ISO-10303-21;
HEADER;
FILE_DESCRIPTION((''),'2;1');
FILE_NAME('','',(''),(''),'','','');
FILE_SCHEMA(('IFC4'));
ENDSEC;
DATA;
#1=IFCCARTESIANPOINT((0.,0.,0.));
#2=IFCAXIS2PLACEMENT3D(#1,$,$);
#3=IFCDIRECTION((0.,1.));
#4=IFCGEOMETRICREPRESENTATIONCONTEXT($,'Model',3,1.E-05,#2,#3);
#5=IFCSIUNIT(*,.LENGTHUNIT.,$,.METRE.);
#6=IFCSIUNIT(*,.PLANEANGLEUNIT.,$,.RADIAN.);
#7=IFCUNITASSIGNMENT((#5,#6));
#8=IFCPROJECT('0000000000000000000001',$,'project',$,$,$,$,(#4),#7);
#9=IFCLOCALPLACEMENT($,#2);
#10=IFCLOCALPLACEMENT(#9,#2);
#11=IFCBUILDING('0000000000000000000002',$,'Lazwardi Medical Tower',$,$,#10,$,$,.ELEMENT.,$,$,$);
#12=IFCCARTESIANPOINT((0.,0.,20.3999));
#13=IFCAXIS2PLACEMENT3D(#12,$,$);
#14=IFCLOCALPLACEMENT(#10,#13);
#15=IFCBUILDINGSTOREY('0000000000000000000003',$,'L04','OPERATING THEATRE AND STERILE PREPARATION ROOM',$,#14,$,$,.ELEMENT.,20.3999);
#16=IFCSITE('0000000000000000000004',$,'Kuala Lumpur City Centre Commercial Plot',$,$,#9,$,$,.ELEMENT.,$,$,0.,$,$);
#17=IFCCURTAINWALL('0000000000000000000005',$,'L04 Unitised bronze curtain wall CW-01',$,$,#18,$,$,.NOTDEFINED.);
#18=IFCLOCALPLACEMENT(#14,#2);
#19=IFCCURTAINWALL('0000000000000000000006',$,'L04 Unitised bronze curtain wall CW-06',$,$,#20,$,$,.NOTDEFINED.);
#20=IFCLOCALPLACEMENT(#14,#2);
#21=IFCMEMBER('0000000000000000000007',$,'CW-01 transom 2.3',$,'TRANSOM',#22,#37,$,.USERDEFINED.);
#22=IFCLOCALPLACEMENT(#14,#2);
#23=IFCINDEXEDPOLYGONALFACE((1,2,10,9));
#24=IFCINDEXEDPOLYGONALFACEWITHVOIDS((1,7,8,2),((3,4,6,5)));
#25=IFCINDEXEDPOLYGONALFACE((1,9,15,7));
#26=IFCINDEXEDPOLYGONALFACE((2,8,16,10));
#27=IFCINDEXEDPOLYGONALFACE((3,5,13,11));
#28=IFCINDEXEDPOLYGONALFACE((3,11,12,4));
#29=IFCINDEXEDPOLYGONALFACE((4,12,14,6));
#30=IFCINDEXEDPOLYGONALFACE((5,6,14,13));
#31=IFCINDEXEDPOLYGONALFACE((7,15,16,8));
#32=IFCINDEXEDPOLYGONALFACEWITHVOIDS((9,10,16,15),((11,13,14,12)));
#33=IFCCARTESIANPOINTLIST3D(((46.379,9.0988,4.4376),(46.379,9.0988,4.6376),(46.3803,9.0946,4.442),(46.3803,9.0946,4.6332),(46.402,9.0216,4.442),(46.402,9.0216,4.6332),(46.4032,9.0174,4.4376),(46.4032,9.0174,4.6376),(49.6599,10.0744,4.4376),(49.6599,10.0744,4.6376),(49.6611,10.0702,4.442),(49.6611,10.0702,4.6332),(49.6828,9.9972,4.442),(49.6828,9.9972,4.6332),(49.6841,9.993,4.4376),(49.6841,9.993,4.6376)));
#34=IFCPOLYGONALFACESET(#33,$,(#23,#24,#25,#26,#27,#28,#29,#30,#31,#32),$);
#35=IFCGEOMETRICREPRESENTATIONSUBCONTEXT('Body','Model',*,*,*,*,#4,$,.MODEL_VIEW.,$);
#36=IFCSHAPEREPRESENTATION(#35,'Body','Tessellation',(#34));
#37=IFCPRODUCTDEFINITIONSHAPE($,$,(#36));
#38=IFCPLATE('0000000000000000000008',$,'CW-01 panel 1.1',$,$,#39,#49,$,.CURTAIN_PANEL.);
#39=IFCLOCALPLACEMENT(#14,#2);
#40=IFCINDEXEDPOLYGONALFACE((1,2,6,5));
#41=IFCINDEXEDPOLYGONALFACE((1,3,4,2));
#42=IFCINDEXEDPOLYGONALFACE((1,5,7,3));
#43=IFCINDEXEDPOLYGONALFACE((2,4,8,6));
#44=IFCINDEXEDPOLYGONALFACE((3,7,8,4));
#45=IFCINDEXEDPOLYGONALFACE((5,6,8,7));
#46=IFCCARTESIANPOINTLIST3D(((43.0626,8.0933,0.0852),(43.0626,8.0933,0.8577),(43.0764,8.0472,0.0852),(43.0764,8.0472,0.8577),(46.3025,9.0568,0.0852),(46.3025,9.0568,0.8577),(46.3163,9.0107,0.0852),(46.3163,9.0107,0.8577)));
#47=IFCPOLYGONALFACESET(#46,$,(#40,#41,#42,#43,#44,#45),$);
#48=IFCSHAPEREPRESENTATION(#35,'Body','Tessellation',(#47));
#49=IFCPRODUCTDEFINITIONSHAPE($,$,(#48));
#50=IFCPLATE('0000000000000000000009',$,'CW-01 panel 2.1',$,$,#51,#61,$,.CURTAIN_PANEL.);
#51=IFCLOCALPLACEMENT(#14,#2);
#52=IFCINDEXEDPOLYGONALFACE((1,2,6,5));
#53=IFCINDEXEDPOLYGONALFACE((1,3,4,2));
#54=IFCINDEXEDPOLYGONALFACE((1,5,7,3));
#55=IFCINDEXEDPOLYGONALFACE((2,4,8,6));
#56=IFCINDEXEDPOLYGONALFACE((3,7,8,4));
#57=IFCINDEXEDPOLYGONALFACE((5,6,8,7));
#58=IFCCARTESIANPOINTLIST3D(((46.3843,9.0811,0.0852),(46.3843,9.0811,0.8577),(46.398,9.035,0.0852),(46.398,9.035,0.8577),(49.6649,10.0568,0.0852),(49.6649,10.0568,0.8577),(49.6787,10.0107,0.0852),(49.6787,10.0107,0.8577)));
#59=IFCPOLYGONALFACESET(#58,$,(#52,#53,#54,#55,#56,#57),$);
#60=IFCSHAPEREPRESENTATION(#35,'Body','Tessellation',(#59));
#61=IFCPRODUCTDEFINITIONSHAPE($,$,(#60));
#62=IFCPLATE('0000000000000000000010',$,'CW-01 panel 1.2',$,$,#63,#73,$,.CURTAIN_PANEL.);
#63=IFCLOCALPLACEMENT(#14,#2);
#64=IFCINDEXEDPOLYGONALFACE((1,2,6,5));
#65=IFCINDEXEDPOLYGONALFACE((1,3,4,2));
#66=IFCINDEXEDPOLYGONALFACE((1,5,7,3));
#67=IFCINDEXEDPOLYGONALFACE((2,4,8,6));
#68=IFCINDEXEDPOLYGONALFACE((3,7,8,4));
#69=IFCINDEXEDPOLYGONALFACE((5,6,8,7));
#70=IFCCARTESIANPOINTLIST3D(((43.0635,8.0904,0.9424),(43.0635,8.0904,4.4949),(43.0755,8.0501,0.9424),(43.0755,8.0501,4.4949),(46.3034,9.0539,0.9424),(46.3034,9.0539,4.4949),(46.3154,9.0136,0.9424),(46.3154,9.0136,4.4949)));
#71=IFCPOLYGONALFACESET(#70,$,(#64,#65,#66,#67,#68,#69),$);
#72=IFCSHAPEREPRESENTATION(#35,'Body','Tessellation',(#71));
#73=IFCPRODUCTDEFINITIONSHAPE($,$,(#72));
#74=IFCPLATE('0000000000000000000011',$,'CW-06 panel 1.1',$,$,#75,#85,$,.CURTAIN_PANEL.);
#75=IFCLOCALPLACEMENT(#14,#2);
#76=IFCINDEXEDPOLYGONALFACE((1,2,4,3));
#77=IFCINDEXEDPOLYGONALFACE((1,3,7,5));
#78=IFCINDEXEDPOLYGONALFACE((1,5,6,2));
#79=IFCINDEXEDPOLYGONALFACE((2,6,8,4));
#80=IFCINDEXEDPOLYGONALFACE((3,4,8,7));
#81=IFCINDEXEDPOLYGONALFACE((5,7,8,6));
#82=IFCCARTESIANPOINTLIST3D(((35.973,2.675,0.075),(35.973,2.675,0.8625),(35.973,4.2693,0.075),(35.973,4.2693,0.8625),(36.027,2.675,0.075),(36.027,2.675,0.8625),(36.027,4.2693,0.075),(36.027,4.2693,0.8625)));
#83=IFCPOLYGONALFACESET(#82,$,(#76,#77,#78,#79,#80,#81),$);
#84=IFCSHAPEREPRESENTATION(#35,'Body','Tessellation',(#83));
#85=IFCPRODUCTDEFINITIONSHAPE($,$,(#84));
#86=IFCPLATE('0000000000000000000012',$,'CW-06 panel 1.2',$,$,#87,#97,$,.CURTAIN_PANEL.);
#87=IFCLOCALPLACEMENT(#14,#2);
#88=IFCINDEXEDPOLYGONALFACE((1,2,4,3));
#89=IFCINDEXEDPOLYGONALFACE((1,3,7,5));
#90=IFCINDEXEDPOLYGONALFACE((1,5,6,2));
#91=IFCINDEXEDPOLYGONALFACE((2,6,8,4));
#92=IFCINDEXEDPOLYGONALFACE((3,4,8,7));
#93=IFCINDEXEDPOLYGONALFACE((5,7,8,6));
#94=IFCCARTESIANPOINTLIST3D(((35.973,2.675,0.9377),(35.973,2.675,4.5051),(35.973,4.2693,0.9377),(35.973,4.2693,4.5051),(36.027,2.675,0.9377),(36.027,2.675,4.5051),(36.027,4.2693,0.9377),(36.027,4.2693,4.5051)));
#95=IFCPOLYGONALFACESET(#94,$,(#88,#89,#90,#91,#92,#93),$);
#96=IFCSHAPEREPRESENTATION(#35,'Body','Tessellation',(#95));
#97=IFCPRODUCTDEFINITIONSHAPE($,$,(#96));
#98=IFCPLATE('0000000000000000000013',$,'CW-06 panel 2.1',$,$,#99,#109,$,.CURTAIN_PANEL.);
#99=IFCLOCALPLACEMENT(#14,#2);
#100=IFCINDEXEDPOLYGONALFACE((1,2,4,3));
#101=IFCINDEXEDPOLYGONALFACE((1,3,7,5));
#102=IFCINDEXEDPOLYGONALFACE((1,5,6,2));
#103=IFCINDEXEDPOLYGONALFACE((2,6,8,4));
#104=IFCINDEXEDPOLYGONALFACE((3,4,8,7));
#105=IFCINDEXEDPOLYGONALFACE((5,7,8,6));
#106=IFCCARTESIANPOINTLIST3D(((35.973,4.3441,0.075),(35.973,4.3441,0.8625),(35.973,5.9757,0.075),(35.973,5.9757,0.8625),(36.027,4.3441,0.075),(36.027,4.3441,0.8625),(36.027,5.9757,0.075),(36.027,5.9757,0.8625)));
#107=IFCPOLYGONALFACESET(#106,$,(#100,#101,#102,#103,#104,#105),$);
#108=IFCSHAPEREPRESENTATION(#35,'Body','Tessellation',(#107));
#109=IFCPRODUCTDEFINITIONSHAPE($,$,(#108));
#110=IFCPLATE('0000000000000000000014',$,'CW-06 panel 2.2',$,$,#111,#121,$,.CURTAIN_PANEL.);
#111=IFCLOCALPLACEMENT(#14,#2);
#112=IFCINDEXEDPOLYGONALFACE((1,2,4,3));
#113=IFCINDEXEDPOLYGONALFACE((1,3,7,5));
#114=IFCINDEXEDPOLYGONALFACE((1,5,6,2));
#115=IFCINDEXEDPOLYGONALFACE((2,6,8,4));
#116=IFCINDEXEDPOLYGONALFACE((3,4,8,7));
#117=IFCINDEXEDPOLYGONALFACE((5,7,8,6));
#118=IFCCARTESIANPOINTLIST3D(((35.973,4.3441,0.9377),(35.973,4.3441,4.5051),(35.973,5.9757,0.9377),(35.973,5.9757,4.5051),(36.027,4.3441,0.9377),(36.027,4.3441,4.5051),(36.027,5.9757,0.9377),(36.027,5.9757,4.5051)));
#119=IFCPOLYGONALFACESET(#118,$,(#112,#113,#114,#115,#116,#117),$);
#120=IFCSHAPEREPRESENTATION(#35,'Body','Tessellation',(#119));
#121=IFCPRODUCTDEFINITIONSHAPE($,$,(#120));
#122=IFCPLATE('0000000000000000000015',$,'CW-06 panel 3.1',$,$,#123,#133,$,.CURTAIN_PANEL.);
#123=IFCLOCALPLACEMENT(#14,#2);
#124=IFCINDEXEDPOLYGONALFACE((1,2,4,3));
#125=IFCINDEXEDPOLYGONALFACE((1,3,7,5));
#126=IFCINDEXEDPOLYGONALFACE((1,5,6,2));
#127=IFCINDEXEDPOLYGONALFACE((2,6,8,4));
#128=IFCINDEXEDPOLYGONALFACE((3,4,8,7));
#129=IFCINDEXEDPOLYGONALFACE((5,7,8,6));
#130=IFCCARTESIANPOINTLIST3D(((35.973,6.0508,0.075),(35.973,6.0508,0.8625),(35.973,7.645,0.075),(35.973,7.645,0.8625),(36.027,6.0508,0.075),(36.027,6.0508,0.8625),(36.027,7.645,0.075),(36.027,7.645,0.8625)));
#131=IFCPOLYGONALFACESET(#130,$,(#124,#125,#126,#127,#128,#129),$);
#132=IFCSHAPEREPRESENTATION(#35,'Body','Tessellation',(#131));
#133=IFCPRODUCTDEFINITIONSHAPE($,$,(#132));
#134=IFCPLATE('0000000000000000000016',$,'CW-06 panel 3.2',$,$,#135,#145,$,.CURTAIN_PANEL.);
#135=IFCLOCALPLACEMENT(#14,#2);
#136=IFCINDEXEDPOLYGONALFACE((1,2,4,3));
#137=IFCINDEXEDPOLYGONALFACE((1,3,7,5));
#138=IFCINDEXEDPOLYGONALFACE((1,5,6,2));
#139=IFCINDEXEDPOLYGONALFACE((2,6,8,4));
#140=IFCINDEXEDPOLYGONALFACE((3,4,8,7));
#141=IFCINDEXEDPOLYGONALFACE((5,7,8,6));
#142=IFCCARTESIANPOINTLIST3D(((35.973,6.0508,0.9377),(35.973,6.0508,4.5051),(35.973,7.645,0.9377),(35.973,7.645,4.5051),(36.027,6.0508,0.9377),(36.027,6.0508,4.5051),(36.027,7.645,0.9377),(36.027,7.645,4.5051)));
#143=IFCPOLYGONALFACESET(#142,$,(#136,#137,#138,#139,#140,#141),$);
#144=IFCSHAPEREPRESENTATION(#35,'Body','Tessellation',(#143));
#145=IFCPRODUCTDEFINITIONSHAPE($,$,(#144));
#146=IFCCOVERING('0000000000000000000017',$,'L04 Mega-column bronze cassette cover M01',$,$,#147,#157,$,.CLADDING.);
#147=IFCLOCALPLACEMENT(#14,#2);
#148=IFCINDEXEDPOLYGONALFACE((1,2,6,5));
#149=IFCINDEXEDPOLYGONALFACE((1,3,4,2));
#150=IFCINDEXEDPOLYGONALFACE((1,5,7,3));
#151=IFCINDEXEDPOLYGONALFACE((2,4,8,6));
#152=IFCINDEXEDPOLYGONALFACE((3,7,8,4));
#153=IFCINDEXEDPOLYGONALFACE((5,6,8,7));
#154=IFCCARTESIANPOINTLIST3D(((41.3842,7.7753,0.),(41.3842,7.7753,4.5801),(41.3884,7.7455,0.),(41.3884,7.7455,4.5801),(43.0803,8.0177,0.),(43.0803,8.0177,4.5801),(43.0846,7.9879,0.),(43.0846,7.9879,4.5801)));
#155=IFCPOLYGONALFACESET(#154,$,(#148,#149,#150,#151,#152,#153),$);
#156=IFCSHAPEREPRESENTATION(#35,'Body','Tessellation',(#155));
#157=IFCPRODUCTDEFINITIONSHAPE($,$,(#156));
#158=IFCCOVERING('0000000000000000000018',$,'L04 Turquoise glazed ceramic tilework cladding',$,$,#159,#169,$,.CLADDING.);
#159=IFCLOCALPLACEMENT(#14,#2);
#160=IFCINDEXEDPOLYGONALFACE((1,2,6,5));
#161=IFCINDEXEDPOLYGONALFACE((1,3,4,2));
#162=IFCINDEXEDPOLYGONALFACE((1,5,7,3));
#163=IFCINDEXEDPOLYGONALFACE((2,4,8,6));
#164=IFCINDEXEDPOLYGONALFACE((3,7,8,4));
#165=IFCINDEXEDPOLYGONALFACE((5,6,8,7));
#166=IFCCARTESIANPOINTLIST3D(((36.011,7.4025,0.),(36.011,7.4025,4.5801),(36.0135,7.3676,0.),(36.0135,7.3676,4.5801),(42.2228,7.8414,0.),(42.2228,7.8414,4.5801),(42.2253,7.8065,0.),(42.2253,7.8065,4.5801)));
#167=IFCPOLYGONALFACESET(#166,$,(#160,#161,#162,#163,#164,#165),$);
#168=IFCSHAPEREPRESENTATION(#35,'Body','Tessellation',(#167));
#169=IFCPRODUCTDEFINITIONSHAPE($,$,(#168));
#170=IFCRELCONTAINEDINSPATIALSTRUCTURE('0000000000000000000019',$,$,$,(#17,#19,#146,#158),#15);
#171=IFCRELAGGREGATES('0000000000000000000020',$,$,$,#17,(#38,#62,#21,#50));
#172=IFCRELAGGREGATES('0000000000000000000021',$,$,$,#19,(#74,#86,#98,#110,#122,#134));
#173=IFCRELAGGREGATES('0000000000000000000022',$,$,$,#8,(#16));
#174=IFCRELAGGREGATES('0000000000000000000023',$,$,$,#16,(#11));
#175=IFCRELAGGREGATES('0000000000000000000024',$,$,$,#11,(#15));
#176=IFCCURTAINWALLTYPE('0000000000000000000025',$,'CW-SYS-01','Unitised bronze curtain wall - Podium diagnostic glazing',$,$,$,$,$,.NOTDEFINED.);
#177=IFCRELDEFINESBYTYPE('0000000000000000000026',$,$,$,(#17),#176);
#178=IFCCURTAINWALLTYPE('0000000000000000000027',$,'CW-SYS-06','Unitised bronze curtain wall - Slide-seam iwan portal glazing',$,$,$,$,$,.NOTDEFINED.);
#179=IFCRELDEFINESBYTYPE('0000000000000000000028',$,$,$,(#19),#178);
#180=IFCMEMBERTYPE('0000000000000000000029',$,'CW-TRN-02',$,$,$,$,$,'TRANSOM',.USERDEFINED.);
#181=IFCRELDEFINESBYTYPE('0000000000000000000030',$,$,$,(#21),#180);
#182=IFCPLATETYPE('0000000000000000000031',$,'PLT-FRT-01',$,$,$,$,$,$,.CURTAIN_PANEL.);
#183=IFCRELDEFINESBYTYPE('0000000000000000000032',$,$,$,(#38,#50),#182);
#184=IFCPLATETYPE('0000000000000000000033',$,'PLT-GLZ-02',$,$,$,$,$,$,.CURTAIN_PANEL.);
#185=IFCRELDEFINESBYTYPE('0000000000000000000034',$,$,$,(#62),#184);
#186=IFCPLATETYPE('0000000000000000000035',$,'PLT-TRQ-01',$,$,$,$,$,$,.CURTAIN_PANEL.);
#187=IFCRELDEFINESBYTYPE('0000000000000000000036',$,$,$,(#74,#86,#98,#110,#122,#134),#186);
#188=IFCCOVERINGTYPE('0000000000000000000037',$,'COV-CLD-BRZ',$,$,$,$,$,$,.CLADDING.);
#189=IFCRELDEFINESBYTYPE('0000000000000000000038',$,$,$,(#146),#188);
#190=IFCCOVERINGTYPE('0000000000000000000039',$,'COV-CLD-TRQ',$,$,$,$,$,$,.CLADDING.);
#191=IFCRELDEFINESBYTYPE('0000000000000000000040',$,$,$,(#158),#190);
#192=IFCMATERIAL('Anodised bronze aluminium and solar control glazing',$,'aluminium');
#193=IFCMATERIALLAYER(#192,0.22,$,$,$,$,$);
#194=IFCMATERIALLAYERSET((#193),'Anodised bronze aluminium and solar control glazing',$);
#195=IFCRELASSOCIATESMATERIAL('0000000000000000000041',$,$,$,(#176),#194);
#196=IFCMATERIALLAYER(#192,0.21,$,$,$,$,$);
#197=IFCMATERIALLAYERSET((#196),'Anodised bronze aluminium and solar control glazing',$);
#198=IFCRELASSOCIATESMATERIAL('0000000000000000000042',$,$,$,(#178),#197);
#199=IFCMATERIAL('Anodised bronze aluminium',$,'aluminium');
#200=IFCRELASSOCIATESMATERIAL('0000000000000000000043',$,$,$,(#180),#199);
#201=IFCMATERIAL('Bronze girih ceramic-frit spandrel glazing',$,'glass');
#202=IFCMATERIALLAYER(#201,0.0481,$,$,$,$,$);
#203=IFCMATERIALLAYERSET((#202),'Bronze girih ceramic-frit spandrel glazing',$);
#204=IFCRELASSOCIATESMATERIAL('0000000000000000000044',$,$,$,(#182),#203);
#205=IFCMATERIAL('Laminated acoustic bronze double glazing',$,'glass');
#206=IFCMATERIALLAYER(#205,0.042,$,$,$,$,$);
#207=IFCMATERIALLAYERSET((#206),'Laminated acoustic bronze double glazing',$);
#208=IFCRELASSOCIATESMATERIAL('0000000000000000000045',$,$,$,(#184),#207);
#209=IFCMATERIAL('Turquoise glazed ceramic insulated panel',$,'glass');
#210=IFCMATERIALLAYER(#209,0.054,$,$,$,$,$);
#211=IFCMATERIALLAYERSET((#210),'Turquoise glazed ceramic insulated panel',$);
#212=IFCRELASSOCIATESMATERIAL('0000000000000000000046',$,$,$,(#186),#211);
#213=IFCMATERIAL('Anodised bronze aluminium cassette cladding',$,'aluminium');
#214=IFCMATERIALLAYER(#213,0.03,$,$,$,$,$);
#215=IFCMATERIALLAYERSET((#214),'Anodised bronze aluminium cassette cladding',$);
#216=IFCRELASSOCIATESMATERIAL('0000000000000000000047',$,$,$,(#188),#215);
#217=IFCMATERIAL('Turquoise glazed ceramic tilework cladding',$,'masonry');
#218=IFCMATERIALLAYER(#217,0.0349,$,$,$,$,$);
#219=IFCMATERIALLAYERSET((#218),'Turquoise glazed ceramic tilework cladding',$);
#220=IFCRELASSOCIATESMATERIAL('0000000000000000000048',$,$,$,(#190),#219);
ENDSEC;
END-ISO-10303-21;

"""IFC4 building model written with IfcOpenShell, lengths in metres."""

from ifc_helpers import new_model, si_unit, direction, frame, origin, origin_2d, place, context, subcontext, project, spatial, rectangle, hollow_rectangle, extrude, material, layer, layer_set, material_profile, profile_set, type_object, element, aggregate, save


model = new_model("IFC4")

# Units and contexts
model_context = context("Model", 3, precision=1e-05, world=origin(), true_north=direction((0.0, 1.0)))
body_context = subcontext(model_context, "Body", "Model", "MODEL_VIEW")
ifc_project = project(units=[si_unit("LENGTHUNIT", "METRE"), si_unit("PLANEANGLEUNIT", "RADIAN")], contexts=[model_context])

# Site, building, storey
site_placement = place(None, origin())
site = spatial("IfcSite", under=ifc_project, at=site_placement, Name="Kuala Lumpur City Centre Commercial Plot", CompositionType="ELEMENT", RefElevation=0.0)
building_placement = place(site_placement, origin())
building = spatial("IfcBuilding", under=site, at=building_placement, Name="Lazwardi Medical Tower", CompositionType="ELEMENT")
storey_placement = place(building_placement, frame((0.0, 0.0, 20.3999)))
storey = spatial("IfcBuildingStorey", under=building, at=storey_placement, Name="L04", Description="OPERATING THEATRE AND STERILE PREPARATION ROOM", CompositionType="ELEMENT", Elevation=20.3999)

# Curtain walls
ifc_material_1 = material(Name="Anodised bronze aluminium and solar control glazing", Category="aluminium")
ifc_layer_1 = layer(ifc_material_1, 0.22)
ifc_layer_set_1 = layer_set([ifc_layer_1], Name="Anodised bronze aluminium and solar control glazing")
curtain_wall_type_1 = type_object("IfcCurtainWallType", Name="CW-SYS-01", Description="Unitised bronze curtain wall - Podium diagnostic glazing", PredefinedType="NOTDEFINED", material=ifc_layer_set_1)
curtain_wall_1_placement = place(storey_placement, origin())
curtain_wall_1 = element("IfcCurtainWall", 1, at=curtain_wall_1_placement, inside=storey, type_object=curtain_wall_type_1, Name="L04 Unitised bronze curtain wall CW-01", PredefinedType="NOTDEFINED")
ifc_material_2 = material(Name="Anodised bronze aluminium", Category="aluminium")
ifc_layer_2 = layer(ifc_material_1, 0.21)
ifc_layer_set_2 = layer_set([ifc_layer_2], Name="Anodised bronze aluminium and solar control glazing")
curtain_wall_type_2 = type_object("IfcCurtainWallType", Name="CW-SYS-06", Description="Unitised bronze curtain wall - Slide-seam iwan portal glazing", PredefinedType="NOTDEFINED", material=ifc_layer_set_2)
curtain_wall_2_placement = place(storey_placement, origin())
curtain_wall_2 = element("IfcCurtainWall", 2, at=curtain_wall_2_placement, inside=storey, type_object=curtain_wall_type_2, Name="L04 Unitised bronze curtain wall CW-06", PredefinedType="NOTDEFINED")

# Member
ifc_material_profile_1 = material_profile(ifc_material_2, hollow_rectangle(XDim=0.085, YDim=0.2, WallThickness=0.0044, at=origin_2d()), Name="ALU-TRANSOM 200x85x4.5")
ifc_profile_set_1 = profile_set([ifc_material_profile_1], Name="Anodised bronze aluminium")
member_type_1 = type_object("IfcMemberType", Name="CW-TRN-02", ElementType="TRANSOM", PredefinedType="USERDEFINED", material=ifc_profile_set_1)
member_1_placement = place(storey_placement, frame((46.3911, 9.0581, 4.5376), z_axis=(0.958518, 0.28503, 0.0), x_axis=(-0.28503, 0.958518, 0.0)))
member_1 = element("IfcMember", 3, at=member_1_placement, type_object=member_type_1, Name="CW-01 transom 2.3", ObjectType="TRANSOM", PredefinedType="USERDEFINED", context=body_context, shape_type="SweptSolid", body=[
    extrude(hollow_rectangle(XDim=0.085, YDim=0.2, WallThickness=0.0044, at=origin_2d()), origin(), (0.0, 0.0, 1.0), 3.4229),
])

# Plates
ifc_material_3 = material(Name="Bronze girih ceramic-frit spandrel glazing", Category="glass")
ifc_layer_3 = layer(ifc_material_3, 0.0481)
ifc_layer_set_3 = layer_set([ifc_layer_3], Name="Bronze girih ceramic-frit spandrel glazing")
plate_type_1 = type_object("IfcPlateType", Name="PLT-FRT-01", PredefinedType="CURTAIN_PANEL", material=ifc_layer_set_3)
plate_1_placement = place(storey_placement, frame((44.6895, 8.552, 0.0852), z_axis=(0.0, 0.0, 1.0), x_axis=(0.958513, 0.285047, 0.0)))
plate_1 = element("IfcPlate", 4, at=plate_1_placement, type_object=plate_type_1, Name="CW-01 panel 1.1", PredefinedType="CURTAIN_PANEL", context=body_context, shape_type="SweptSolid", body=[
    extrude(rectangle(XDim=3.3801, YDim=0.0481, at=origin_2d()), origin(), (0.0, 0.0, 1.0), 0.7725),
])
plate_2_placement = place(storey_placement, frame((48.0315, 9.5459, 0.0852), z_axis=(0.0, 0.0, 1.0), x_axis=(0.958513, 0.285047, 0.0)))
plate_2 = element("IfcPlate", 5, at=plate_2_placement, type_object=plate_type_1, Name="CW-01 panel 2.1", PredefinedType="CURTAIN_PANEL", context=body_context, shape_type="SweptSolid", body=[
    extrude(rectangle(XDim=3.4226, YDim=0.0481, at=origin_2d()), origin(), (0.0, 0.0, 1.0), 0.7725),
])
ifc_material_4 = material(Name="Laminated acoustic bronze double glazing", Category="glass")
ifc_layer_4 = layer(ifc_material_4, 0.042)
ifc_layer_set_4 = layer_set([ifc_layer_4], Name="Laminated acoustic bronze double glazing")
plate_type_2 = type_object("IfcPlateType", Name="PLT-GLZ-02", PredefinedType="CURTAIN_PANEL", material=ifc_layer_set_4)
plate_3_placement = place(storey_placement, frame((44.6895, 8.552, 0.9424), z_axis=(0.0, 0.0, 1.0), x_axis=(0.958513, 0.285047, 0.0)))
plate_3 = element("IfcPlate", 6, at=plate_3_placement, type_object=plate_type_2, Name="CW-01 panel 1.2", PredefinedType="CURTAIN_PANEL", context=body_context, shape_type="SweptSolid", body=[
    extrude(rectangle(XDim=3.3801, YDim=0.042, at=origin_2d()), origin(), (0.0, 0.0, 1.0), 3.5525),
])
aggregate(curtain_wall_1, [plate_1, plate_3, member_1, plate_2])
ifc_material_5 = material(Name="Turquoise glazed ceramic insulated panel", Category="glass")
ifc_layer_5 = layer(ifc_material_5, 0.054)
ifc_layer_set_5 = layer_set([ifc_layer_5], Name="Turquoise glazed ceramic insulated panel")
plate_type_3 = type_object("IfcPlateType", Name="PLT-TRQ-01", PredefinedType="CURTAIN_PANEL", material=ifc_layer_set_5)
plate_4_placement = place(storey_placement, frame((36.0, 3.4722, 0.075), z_axis=(0.0, 0.0, 1.0), x_axis=(0.0, 1.0, 0.0)))
plate_4 = element("IfcPlate", 7, at=plate_4_placement, type_object=plate_type_3, Name="CW-06 panel 1.1", PredefinedType="CURTAIN_PANEL", context=body_context, shape_type="SweptSolid", body=[
    extrude(rectangle(XDim=1.5942, YDim=0.054, at=origin_2d()), origin(), (0.0, 0.0, 1.0), 0.7876),
])
plate_5_placement = place(storey_placement, frame((36.0, 3.4722, 0.9377), z_axis=(0.0, 0.0, 1.0), x_axis=(0.0, 1.0, 0.0)))
plate_5 = element("IfcPlate", 8, at=plate_5_placement, type_object=plate_type_3, Name="CW-06 panel 1.2", PredefinedType="CURTAIN_PANEL", context=body_context, shape_type="SweptSolid", body=[
    extrude(rectangle(XDim=1.5942, YDim=0.054, at=origin_2d()), origin(), (0.0, 0.0, 1.0), 3.5674),
])
plate_6_placement = place(storey_placement, frame((36.0, 5.1599, 0.075), z_axis=(0.0, 0.0, 1.0), x_axis=(0.0, 1.0, 0.0)))
plate_6 = element("IfcPlate", 9, at=plate_6_placement, type_object=plate_type_3, Name="CW-06 panel 2.1", PredefinedType="CURTAIN_PANEL", context=body_context, shape_type="SweptSolid", body=[
    extrude(rectangle(XDim=1.6316, YDim=0.054, at=origin_2d()), origin(), (0.0, 0.0, 1.0), 0.7876),
])
plate_7_placement = place(storey_placement, frame((36.0, 5.1599, 0.9377), z_axis=(0.0, 0.0, 1.0), x_axis=(0.0, 1.0, 0.0)))
plate_7 = element("IfcPlate", 10, at=plate_7_placement, type_object=plate_type_3, Name="CW-06 panel 2.2", PredefinedType="CURTAIN_PANEL", context=body_context, shape_type="SweptSolid", body=[
    extrude(rectangle(XDim=1.6316, YDim=0.054, at=origin_2d()), origin(), (0.0, 0.0, 1.0), 3.5674),
])
plate_8_placement = place(storey_placement, frame((36.0, 6.8479, 0.075), z_axis=(0.0, 0.0, 1.0), x_axis=(0.0, 1.0, 0.0)))
plate_8 = element("IfcPlate", 11, at=plate_8_placement, type_object=plate_type_3, Name="CW-06 panel 3.1", PredefinedType="CURTAIN_PANEL", context=body_context, shape_type="SweptSolid", body=[
    extrude(rectangle(XDim=1.5942, YDim=0.054, at=origin_2d()), origin(), (0.0, 0.0, 1.0), 0.7876),
])
plate_9_placement = place(storey_placement, frame((36.0, 6.8479, 0.9377), z_axis=(0.0, 0.0, 1.0), x_axis=(0.0, 1.0, 0.0)))
plate_9 = element("IfcPlate", 12, at=plate_9_placement, type_object=plate_type_3, Name="CW-06 panel 3.2", PredefinedType="CURTAIN_PANEL", context=body_context, shape_type="SweptSolid", body=[
    extrude(rectangle(XDim=1.5942, YDim=0.054, at=origin_2d()), origin(), (0.0, 0.0, 1.0), 3.5674),
])
aggregate(curtain_wall_2, [plate_4, plate_5, plate_6, plate_7, plate_8, plate_9])

# Coverings
ifc_material_6 = material(Name="Anodised bronze aluminium cassette cladding", Category="aluminium")
ifc_layer_6 = layer(ifc_material_6, 0.03)
ifc_layer_set_6 = layer_set([ifc_layer_6], Name="Anodised bronze aluminium cassette cladding")
covering_type_1 = type_object("IfcCoveringType", Name="COV-CLD-BRZ", PredefinedType="CLADDING", material=ifc_layer_set_6)
covering_1_placement = place(storey_placement, frame((42.2344, 7.8816, 0.0), z_axis=(0.0, 0.0, 1.0), x_axis=(0.989943, 0.14147, 0.0)))
element("IfcCovering", 13, at=covering_1_placement, inside=storey, type_object=covering_type_1, Name="L04 Mega-column bronze cassette cover M01", PredefinedType="CLADDING", context=body_context, shape_type="SweptSolid", body=[
    extrude(rectangle(XDim=1.7134, YDim=0.03, at=origin_2d()), origin(), (0.0, 0.0, 1.0), 4.5801),
])
ifc_material_7 = material(Name="Turquoise glazed ceramic tilework cladding", Category="masonry")
ifc_layer_7 = layer(ifc_material_7, 0.0349)
ifc_layer_set_7 = layer_set([ifc_layer_7], Name="Turquoise glazed ceramic tilework cladding")
covering_type_2 = type_object("IfcCoveringType", Name="COV-CLD-TRQ", PredefinedType="CLADDING", material=ifc_layer_set_7)
covering_2_placement = place(storey_placement, frame((39.1182, 7.6045, 0.0), z_axis=(0.0, 0.0, 1.0), x_axis=(0.997513, 0.070481, 0.0)))
element("IfcCovering", 14, at=covering_2_placement, inside=storey, type_object=covering_type_2, Name="L04 Turquoise glazed ceramic tilework cladding", PredefinedType="CLADDING", context=body_context, shape_type="SweptSolid", body=[
    extrude(rectangle(XDim=6.2273, YDim=0.0349, at=origin_2d()), origin(), (0.0, 0.0, 1.0), 4.5801),
])

save(model, "model.ifc")
